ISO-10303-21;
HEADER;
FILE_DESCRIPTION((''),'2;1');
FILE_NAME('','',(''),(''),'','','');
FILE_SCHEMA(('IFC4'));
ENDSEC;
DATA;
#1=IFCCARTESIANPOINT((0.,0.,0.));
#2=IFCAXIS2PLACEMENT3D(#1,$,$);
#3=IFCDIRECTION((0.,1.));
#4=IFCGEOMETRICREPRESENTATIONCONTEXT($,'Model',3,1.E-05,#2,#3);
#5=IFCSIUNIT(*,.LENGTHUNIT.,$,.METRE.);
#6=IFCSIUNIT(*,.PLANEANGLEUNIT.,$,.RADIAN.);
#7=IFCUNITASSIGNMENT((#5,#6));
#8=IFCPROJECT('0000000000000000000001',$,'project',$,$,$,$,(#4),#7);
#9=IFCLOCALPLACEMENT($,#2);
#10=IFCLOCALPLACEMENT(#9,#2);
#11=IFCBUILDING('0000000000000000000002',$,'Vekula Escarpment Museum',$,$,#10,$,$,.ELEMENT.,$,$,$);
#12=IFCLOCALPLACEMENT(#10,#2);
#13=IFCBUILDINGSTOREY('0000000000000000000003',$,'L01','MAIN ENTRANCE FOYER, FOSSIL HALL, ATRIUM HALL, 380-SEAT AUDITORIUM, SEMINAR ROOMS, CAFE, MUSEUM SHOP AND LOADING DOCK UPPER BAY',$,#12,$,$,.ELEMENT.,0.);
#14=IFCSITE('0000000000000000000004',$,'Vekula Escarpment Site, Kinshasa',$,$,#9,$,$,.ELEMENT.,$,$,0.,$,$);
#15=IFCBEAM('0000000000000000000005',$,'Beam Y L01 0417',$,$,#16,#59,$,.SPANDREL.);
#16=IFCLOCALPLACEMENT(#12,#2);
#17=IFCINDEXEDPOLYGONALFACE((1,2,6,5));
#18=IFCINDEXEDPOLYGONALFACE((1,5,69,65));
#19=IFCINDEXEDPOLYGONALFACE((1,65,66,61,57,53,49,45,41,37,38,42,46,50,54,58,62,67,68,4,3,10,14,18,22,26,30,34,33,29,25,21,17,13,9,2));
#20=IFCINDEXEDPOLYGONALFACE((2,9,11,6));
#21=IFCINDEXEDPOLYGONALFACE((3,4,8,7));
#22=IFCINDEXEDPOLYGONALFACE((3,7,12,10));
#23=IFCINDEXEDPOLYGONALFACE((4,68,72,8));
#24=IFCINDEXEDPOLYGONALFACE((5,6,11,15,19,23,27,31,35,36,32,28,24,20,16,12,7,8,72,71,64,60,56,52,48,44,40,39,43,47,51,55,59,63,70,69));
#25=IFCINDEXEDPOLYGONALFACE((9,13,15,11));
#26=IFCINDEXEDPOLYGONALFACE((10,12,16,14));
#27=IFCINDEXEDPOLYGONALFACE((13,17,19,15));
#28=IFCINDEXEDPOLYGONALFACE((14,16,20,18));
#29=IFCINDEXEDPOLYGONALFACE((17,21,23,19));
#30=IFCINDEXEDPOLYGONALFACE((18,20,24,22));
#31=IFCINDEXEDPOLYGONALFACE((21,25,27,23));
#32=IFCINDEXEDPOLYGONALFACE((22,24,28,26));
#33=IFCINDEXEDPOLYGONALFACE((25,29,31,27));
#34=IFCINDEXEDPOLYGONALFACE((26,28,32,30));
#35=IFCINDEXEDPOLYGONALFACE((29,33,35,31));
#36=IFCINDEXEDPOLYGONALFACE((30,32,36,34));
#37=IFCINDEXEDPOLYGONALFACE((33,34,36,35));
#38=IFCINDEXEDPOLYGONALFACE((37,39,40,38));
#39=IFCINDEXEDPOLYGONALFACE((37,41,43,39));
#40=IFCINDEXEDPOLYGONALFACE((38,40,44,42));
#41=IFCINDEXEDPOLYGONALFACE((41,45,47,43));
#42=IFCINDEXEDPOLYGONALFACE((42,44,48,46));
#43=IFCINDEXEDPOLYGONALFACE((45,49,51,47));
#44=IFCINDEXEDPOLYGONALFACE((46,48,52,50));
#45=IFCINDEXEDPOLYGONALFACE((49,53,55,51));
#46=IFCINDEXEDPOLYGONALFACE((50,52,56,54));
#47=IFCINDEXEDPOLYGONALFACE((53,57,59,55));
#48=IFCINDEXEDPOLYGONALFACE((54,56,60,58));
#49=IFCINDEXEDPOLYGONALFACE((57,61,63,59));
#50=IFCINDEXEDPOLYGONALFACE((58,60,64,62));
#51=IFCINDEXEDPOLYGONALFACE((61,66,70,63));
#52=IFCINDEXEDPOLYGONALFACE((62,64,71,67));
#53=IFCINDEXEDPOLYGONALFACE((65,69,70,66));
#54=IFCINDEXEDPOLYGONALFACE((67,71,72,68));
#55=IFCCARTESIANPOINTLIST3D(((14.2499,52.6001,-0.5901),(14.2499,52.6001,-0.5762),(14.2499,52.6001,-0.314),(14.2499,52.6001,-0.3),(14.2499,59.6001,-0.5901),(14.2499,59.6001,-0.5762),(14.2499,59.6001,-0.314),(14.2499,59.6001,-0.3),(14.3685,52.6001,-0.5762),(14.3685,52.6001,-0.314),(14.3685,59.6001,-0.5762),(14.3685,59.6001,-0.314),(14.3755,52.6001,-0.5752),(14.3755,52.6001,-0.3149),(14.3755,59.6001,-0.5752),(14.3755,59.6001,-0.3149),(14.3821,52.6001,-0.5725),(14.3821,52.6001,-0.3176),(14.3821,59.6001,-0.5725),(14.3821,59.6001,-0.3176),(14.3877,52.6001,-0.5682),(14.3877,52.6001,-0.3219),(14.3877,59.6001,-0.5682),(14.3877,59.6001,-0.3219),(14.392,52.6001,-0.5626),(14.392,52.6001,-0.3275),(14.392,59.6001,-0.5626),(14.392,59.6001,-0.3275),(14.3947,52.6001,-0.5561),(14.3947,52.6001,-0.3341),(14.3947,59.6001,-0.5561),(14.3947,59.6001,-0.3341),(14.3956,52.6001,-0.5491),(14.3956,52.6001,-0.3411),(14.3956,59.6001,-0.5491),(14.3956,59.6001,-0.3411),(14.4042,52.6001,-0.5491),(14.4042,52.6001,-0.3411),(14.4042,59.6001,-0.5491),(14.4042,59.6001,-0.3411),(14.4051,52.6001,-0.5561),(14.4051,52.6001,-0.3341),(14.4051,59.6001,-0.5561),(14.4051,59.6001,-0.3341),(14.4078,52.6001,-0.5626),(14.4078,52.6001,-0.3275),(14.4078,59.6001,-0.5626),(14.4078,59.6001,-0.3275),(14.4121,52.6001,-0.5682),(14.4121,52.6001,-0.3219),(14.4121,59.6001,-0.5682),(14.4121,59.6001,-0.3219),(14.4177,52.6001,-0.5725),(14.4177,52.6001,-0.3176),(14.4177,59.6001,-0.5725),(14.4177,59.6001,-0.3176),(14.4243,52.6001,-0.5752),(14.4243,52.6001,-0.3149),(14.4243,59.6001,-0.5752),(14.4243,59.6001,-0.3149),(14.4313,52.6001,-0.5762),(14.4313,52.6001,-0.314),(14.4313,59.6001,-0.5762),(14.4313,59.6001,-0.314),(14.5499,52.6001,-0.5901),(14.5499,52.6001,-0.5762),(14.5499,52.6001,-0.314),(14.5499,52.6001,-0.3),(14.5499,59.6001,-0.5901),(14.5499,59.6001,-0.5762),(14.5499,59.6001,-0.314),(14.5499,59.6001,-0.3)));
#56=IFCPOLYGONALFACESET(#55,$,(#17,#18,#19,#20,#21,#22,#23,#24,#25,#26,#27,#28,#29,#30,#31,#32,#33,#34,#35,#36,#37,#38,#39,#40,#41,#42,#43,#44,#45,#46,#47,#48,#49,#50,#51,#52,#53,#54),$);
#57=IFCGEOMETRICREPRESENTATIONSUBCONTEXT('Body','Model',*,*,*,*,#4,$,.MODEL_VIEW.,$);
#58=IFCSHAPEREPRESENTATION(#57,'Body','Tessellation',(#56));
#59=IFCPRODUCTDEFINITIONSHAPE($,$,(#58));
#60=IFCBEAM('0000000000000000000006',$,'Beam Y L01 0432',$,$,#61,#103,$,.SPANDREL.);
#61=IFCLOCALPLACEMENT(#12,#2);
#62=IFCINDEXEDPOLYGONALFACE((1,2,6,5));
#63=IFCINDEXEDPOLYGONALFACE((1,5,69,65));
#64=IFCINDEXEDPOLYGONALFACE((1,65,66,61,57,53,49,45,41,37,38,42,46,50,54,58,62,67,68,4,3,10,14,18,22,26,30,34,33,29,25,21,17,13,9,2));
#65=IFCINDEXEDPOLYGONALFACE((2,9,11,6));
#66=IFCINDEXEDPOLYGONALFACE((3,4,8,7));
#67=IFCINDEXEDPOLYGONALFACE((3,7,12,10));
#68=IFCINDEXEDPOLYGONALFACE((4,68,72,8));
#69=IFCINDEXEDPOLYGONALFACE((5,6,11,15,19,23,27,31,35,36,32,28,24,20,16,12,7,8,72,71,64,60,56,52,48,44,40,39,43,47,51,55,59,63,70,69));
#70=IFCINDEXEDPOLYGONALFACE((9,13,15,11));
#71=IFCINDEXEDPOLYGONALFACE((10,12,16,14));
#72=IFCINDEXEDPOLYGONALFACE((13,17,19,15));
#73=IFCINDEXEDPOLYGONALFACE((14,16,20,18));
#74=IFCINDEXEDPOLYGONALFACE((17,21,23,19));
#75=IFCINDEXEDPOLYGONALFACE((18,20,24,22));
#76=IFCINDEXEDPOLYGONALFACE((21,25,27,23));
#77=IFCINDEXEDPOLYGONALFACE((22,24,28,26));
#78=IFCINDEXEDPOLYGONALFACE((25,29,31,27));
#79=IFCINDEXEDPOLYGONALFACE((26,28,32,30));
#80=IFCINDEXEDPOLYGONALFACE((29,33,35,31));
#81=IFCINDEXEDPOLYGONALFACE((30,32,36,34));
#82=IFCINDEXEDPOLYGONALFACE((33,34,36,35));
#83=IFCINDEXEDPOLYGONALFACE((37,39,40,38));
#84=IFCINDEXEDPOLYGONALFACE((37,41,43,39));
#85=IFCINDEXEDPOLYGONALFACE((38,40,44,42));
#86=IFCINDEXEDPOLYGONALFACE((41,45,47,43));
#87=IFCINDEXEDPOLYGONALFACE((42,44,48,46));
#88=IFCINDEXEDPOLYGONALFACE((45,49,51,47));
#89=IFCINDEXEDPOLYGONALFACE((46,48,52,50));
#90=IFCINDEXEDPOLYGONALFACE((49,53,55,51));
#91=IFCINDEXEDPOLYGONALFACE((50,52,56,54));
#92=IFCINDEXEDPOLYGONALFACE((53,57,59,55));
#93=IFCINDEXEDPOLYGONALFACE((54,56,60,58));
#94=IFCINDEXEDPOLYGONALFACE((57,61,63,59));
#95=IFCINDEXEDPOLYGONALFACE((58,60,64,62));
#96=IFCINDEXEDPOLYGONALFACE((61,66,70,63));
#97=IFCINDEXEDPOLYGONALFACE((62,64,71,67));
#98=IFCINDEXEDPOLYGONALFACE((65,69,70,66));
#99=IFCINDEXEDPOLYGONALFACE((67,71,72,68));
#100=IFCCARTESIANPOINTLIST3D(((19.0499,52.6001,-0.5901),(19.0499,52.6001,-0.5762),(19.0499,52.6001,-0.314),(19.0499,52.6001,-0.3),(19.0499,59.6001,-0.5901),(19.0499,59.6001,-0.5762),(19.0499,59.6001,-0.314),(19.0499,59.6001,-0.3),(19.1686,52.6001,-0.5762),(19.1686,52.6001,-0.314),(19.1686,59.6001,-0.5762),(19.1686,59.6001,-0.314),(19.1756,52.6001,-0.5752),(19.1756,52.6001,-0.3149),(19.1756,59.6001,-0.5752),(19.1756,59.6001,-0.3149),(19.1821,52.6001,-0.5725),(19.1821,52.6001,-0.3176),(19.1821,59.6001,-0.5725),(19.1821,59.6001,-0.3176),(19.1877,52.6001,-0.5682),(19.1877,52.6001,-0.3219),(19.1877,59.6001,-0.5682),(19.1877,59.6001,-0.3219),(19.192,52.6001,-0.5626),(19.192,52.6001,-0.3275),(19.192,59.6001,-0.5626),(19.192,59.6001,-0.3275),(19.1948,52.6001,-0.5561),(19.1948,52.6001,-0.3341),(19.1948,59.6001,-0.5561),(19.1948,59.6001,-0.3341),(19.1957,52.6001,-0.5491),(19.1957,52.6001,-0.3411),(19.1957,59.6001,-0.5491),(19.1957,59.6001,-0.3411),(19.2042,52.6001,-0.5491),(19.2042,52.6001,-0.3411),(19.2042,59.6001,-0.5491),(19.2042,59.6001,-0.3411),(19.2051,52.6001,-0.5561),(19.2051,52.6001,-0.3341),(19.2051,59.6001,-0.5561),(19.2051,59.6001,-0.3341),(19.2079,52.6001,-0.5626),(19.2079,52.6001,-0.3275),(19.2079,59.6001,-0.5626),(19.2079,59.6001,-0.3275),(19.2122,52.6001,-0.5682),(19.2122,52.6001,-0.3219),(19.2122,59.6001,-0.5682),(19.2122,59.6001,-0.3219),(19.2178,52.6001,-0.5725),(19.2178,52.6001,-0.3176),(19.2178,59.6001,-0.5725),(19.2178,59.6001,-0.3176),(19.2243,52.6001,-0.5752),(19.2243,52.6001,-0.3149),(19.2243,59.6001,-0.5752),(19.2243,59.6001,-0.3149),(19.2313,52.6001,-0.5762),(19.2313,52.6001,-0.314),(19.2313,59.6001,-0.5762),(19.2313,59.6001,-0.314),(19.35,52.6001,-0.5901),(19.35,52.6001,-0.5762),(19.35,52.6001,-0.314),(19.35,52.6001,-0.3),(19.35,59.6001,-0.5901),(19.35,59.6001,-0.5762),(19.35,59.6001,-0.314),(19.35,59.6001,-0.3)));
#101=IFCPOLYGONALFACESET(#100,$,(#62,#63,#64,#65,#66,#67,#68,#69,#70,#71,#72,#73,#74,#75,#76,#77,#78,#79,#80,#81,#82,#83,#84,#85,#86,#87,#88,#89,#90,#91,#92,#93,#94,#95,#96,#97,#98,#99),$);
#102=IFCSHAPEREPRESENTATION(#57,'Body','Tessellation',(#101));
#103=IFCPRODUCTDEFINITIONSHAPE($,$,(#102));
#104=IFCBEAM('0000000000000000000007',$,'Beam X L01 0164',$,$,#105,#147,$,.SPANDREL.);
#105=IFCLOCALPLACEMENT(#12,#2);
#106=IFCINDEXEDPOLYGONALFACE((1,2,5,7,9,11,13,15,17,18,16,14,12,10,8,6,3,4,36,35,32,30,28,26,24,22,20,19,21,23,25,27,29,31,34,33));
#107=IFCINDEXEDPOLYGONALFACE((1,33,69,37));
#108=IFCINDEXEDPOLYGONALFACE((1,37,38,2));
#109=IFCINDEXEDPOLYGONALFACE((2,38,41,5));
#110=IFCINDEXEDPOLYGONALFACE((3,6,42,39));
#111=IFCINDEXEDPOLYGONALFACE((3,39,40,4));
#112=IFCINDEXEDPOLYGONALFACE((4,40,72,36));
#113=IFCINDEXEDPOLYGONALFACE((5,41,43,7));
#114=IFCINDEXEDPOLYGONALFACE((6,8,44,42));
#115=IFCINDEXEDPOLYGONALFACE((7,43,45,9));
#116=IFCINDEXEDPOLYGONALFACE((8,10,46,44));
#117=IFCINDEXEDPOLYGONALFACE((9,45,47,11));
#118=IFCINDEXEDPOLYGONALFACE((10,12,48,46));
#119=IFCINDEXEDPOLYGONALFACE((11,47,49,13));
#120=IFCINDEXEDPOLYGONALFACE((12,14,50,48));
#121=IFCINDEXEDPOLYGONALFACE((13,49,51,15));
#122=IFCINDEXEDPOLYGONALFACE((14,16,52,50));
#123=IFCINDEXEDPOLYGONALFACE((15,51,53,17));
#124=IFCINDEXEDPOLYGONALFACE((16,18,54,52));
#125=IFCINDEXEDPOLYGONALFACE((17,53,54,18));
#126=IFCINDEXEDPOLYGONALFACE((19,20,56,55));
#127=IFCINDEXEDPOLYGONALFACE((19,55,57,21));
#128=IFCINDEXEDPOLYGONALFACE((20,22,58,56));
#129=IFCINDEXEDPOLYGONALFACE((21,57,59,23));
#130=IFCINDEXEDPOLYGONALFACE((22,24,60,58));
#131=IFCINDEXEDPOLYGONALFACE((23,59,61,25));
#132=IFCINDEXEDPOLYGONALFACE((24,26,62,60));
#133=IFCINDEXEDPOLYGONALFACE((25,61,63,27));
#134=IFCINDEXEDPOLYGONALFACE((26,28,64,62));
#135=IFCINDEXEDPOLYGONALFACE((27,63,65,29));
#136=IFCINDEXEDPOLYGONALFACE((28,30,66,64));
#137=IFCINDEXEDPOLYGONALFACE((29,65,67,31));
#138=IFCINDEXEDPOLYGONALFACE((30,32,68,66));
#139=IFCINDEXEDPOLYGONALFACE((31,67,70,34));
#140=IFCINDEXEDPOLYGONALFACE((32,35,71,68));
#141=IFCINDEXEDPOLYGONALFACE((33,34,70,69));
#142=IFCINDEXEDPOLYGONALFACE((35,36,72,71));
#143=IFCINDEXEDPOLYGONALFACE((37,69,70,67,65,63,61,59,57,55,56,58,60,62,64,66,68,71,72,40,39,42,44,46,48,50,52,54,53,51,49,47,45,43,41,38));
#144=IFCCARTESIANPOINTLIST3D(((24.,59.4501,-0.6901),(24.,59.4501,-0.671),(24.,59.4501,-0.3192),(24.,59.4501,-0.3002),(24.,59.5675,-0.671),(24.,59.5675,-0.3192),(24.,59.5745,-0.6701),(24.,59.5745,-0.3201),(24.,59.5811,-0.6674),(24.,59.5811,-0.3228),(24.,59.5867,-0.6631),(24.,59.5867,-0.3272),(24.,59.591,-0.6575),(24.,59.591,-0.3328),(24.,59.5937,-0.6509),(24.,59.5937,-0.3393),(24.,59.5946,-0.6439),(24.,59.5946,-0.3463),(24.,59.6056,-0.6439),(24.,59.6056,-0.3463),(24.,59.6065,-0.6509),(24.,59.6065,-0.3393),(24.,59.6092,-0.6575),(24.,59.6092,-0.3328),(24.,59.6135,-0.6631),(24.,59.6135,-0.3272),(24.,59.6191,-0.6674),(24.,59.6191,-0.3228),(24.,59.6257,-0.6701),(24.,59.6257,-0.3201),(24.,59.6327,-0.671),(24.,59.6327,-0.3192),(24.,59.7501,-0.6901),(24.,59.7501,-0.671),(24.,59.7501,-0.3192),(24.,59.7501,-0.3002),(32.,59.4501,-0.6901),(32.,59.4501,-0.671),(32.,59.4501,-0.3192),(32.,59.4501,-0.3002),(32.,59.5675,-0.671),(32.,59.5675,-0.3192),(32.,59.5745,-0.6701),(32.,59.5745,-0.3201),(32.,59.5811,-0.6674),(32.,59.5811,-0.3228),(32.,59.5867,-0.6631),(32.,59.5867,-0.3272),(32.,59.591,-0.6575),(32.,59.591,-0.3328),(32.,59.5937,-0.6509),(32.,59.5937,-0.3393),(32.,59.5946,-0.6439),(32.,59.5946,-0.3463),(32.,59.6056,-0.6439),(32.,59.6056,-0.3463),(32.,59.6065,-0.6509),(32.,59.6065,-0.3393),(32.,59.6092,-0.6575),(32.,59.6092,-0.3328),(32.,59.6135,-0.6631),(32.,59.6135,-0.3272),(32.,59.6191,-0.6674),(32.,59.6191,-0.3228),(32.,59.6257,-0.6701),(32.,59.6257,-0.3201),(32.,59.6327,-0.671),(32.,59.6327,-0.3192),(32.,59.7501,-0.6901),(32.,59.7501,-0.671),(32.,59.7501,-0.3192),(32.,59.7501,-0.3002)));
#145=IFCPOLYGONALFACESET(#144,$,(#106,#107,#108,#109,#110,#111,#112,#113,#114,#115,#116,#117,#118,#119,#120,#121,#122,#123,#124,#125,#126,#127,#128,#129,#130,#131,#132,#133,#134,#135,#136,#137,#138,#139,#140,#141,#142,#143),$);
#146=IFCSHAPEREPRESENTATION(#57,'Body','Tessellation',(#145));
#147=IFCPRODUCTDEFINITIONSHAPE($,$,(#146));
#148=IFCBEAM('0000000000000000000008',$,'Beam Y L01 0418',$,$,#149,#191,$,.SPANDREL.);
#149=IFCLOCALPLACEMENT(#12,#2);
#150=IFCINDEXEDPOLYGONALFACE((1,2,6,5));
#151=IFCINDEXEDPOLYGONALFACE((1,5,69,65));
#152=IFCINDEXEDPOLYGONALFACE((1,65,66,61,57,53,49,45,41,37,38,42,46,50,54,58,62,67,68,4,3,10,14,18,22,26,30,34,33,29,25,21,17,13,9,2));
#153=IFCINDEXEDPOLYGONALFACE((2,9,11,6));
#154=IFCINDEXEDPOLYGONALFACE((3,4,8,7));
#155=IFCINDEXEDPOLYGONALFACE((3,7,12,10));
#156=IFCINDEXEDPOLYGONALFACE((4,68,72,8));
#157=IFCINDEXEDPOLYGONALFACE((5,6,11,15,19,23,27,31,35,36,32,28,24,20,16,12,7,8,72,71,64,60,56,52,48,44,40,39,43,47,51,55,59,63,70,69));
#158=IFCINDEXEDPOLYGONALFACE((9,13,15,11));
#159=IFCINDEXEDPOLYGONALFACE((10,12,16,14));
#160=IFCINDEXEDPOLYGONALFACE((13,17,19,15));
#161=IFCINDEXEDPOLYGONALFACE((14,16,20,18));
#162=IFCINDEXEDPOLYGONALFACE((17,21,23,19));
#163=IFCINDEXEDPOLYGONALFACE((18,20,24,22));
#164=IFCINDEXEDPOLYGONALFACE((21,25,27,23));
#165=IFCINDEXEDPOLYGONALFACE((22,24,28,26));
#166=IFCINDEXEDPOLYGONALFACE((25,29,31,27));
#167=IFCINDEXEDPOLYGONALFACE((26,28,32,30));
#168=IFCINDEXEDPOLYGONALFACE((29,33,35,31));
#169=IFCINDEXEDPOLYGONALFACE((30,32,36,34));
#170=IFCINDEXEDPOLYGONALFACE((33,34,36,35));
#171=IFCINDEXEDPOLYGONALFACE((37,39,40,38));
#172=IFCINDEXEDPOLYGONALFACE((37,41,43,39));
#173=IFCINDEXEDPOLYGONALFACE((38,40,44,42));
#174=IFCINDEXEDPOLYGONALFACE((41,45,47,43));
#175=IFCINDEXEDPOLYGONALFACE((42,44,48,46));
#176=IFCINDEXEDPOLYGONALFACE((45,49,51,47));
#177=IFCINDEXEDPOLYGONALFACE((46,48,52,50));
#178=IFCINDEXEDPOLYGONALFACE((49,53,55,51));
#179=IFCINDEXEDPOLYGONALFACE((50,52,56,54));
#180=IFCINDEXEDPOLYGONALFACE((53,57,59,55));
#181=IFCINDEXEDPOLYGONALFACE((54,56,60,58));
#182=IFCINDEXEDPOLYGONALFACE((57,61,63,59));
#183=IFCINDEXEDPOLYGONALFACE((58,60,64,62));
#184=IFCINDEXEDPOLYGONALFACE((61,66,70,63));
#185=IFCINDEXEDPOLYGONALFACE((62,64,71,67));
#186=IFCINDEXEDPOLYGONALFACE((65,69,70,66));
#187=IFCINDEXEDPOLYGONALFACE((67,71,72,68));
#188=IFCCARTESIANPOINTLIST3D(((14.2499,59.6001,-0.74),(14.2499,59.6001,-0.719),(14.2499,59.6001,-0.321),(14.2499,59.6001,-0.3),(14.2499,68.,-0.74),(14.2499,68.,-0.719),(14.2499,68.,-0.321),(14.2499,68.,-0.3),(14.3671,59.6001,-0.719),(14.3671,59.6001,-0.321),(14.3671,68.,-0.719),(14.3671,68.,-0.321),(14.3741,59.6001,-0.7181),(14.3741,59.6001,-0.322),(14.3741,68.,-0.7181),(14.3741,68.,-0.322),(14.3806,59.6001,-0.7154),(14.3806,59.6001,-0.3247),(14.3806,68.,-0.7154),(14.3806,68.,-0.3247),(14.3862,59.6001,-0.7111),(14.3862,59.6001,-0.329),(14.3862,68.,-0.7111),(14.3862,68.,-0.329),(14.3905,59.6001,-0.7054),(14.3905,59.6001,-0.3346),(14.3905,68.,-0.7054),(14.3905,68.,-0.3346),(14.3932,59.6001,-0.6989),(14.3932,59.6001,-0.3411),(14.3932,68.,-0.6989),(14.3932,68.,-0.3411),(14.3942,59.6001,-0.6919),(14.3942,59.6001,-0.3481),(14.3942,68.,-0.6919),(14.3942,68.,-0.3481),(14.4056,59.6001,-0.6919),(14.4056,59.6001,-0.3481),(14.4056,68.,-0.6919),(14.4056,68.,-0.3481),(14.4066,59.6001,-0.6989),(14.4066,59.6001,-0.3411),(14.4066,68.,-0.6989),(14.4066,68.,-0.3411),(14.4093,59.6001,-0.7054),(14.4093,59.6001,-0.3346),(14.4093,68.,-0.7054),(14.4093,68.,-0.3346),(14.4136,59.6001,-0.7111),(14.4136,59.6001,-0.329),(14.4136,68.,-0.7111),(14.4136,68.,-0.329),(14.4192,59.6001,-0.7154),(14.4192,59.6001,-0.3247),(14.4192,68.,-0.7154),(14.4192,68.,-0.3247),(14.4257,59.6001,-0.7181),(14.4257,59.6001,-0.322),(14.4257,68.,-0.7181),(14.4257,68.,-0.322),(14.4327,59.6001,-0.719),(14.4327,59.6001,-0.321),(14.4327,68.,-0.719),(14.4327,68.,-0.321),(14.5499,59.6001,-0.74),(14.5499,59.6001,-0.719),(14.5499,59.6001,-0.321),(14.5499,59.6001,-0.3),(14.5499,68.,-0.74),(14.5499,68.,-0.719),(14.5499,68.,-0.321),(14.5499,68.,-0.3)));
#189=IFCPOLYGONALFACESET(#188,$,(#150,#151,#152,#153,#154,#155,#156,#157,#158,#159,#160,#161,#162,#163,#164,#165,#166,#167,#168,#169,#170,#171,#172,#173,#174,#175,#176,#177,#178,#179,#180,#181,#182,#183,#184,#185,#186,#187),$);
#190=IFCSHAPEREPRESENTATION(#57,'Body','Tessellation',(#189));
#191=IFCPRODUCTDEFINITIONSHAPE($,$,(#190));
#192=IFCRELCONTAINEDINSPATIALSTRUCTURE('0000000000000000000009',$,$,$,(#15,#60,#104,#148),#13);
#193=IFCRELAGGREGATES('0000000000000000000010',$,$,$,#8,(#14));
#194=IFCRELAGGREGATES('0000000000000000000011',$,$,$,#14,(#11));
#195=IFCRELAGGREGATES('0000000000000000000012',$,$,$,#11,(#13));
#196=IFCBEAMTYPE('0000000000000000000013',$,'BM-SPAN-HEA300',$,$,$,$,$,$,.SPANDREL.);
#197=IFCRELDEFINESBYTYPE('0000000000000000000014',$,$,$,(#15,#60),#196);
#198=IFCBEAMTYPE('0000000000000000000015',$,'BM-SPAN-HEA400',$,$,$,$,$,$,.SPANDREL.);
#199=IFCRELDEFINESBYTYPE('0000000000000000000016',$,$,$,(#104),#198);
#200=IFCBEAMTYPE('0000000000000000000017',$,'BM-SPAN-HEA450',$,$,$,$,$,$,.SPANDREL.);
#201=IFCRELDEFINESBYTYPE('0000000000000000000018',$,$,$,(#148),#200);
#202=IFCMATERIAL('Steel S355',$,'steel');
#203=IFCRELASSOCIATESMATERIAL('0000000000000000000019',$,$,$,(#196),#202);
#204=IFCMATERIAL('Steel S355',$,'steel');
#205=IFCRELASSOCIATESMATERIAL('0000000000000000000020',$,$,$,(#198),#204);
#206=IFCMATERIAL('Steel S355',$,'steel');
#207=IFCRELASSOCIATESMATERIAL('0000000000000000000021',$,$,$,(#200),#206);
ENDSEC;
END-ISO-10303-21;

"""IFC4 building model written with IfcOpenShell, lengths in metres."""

from ifc_helpers import new_model, si_unit, direction, frame, origin, origin_2d, place, context, subcontext, project, spatial, i_section, extrude, material, material_profile, profile_set, type_object, element, save


model = new_model("IFC4")

# Units and contexts
model_context = context("Model", 3, precision=1e-05, world=origin(), true_north=direction((0.0, 1.0)))
body_context = subcontext(model_context, "Body", "Model", "MODEL_VIEW")
ifc_project = project(units=[si_unit("LENGTHUNIT", "METRE"), si_unit("PLANEANGLEUNIT", "RADIAN")], contexts=[model_context])

# Site, building, storey
site_placement = place(None, origin())
site = spatial("IfcSite", under=ifc_project, at=site_placement, Name="Vekula Escarpment Site, Kinshasa", CompositionType="ELEMENT", RefElevation=0.0)
building_placement = place(site_placement, origin())
building = spatial("IfcBuilding", under=site, at=building_placement, Name="Vekula Escarpment Museum", CompositionType="ELEMENT")
storey_placement = place(building_placement, origin())
storey = spatial("IfcBuildingStorey", under=building, at=storey_placement, Name="L01", Description="MAIN ENTRANCE FOYER, FOSSIL HALL, ATRIUM HALL, 380-SEAT AUDITORIUM, SEMINAR ROOMS, CAFE, MUSEUM SHOP AND LOADING DOCK UPPER BAY", CompositionType="ELEMENT", Elevation=0.0)

# Beams
ifc_material_1 = material(Name="Steel S355", Category="steel")
ifc_material_profile_1 = material_profile(ifc_material_1, i_section(OverallWidth=0.3, OverallDepth=0.29, WebThickness=0.0085, FlangeThickness=0.0139, FilletRadius=0.0271, at=origin_2d()), Name="HEA 300")
ifc_profile_set_1 = profile_set([ifc_material_profile_1], Name="Steel S355")
beam_type_1 = type_object("IfcBeamType", Name="BM-SPAN-HEA300", PredefinedType="SPANDREL", material=ifc_profile_set_1)
for number, where, z_axis, x_axis, name in (
    (1, (14.3999, 52.6001, -0.4451), (0.0, 1.0, 0.0), (-1.0, 0.0, 0.0), "Beam Y L01 0417"),
    (2, (19.2, 52.6001, -0.4451), (0.0, 1.0, 0.0), (-1.0, 0.0, 0.0), "Beam Y L01 0432"),
):
    element("IfcBeam", number, at=place(storey_placement, frame(where, z_axis=z_axis, x_axis=x_axis)), inside=storey, type_object=beam_type_1, Name=name, PredefinedType="SPANDREL", context=body_context, shape_type="SweptSolid", body=[
        extrude(i_section(OverallWidth=0.3, OverallDepth=0.29, WebThickness=0.0085, FlangeThickness=0.0139, FilletRadius=0.0271, at=origin_2d()), origin(), (0.0, 0.0, 1.0), 7.0),
    ])
ifc_material_2 = material(Name="Steel S355", Category="steel")
ifc_material_profile_2 = material_profile(ifc_material_2, i_section(OverallWidth=0.3, OverallDepth=0.3899, WebThickness=0.011, FlangeThickness=0.019, FilletRadius=0.0271, at=origin_2d()), Name="HEA 400")
ifc_profile_set_2 = profile_set([ifc_material_profile_2], Name="Steel S355")
beam_type_2 = type_object("IfcBeamType", Name="BM-SPAN-HEA400", PredefinedType="SPANDREL", material=ifc_profile_set_2)
beam_1_placement = place(storey_placement, frame((24.0, 59.6001, -0.4951), z_axis=(1.0, 0.0, 0.0), x_axis=(0.0, 1.0, 0.0)))
element("IfcBeam", 3, at=beam_1_placement, inside=storey, type_object=beam_type_2, Name="Beam X L01 0164", PredefinedType="SPANDREL", context=body_context, shape_type="SweptSolid", body=[
    extrude(i_section(OverallWidth=0.3, OverallDepth=0.3899, WebThickness=0.011, FlangeThickness=0.019, FilletRadius=0.0271, at=origin_2d()), origin(), (0.0, 0.0, 1.0), 8.0),
])
ifc_material_3 = material(Name="Steel S355", Category="steel")
ifc_material_profile_3 = material_profile(ifc_material_3, i_section(OverallWidth=0.3, OverallDepth=0.4399, WebThickness=0.0115, FlangeThickness=0.021, FilletRadius=0.0271, at=origin_2d()), Name="HEA 450")
ifc_profile_set_3 = profile_set([ifc_material_profile_3], Name="Steel S355")
beam_type_3 = type_object("IfcBeamType", Name="BM-SPAN-HEA450", PredefinedType="SPANDREL", material=ifc_profile_set_3)
for number, where, z_axis, x_axis, name in (
    (4, (14.3999, 59.6001, -0.52), (0.0, 1.0, 0.0), (-1.0, 0.0, 0.0), "Beam Y L01 0418"),
):
    element("IfcBeam", number, at=place(storey_placement, frame(where, z_axis=z_axis, x_axis=x_axis)), inside=storey, type_object=beam_type_3, Name=name, PredefinedType="SPANDREL", context=body_context, shape_type="SweptSolid", body=[
        extrude(i_section(OverallWidth=0.3, OverallDepth=0.4399, WebThickness=0.0115, FlangeThickness=0.021, FilletRadius=0.0271, at=origin_2d()), origin(), (0.0, 0.0, 1.0), 8.3999),
    ])

save(model, "model.ifc")
